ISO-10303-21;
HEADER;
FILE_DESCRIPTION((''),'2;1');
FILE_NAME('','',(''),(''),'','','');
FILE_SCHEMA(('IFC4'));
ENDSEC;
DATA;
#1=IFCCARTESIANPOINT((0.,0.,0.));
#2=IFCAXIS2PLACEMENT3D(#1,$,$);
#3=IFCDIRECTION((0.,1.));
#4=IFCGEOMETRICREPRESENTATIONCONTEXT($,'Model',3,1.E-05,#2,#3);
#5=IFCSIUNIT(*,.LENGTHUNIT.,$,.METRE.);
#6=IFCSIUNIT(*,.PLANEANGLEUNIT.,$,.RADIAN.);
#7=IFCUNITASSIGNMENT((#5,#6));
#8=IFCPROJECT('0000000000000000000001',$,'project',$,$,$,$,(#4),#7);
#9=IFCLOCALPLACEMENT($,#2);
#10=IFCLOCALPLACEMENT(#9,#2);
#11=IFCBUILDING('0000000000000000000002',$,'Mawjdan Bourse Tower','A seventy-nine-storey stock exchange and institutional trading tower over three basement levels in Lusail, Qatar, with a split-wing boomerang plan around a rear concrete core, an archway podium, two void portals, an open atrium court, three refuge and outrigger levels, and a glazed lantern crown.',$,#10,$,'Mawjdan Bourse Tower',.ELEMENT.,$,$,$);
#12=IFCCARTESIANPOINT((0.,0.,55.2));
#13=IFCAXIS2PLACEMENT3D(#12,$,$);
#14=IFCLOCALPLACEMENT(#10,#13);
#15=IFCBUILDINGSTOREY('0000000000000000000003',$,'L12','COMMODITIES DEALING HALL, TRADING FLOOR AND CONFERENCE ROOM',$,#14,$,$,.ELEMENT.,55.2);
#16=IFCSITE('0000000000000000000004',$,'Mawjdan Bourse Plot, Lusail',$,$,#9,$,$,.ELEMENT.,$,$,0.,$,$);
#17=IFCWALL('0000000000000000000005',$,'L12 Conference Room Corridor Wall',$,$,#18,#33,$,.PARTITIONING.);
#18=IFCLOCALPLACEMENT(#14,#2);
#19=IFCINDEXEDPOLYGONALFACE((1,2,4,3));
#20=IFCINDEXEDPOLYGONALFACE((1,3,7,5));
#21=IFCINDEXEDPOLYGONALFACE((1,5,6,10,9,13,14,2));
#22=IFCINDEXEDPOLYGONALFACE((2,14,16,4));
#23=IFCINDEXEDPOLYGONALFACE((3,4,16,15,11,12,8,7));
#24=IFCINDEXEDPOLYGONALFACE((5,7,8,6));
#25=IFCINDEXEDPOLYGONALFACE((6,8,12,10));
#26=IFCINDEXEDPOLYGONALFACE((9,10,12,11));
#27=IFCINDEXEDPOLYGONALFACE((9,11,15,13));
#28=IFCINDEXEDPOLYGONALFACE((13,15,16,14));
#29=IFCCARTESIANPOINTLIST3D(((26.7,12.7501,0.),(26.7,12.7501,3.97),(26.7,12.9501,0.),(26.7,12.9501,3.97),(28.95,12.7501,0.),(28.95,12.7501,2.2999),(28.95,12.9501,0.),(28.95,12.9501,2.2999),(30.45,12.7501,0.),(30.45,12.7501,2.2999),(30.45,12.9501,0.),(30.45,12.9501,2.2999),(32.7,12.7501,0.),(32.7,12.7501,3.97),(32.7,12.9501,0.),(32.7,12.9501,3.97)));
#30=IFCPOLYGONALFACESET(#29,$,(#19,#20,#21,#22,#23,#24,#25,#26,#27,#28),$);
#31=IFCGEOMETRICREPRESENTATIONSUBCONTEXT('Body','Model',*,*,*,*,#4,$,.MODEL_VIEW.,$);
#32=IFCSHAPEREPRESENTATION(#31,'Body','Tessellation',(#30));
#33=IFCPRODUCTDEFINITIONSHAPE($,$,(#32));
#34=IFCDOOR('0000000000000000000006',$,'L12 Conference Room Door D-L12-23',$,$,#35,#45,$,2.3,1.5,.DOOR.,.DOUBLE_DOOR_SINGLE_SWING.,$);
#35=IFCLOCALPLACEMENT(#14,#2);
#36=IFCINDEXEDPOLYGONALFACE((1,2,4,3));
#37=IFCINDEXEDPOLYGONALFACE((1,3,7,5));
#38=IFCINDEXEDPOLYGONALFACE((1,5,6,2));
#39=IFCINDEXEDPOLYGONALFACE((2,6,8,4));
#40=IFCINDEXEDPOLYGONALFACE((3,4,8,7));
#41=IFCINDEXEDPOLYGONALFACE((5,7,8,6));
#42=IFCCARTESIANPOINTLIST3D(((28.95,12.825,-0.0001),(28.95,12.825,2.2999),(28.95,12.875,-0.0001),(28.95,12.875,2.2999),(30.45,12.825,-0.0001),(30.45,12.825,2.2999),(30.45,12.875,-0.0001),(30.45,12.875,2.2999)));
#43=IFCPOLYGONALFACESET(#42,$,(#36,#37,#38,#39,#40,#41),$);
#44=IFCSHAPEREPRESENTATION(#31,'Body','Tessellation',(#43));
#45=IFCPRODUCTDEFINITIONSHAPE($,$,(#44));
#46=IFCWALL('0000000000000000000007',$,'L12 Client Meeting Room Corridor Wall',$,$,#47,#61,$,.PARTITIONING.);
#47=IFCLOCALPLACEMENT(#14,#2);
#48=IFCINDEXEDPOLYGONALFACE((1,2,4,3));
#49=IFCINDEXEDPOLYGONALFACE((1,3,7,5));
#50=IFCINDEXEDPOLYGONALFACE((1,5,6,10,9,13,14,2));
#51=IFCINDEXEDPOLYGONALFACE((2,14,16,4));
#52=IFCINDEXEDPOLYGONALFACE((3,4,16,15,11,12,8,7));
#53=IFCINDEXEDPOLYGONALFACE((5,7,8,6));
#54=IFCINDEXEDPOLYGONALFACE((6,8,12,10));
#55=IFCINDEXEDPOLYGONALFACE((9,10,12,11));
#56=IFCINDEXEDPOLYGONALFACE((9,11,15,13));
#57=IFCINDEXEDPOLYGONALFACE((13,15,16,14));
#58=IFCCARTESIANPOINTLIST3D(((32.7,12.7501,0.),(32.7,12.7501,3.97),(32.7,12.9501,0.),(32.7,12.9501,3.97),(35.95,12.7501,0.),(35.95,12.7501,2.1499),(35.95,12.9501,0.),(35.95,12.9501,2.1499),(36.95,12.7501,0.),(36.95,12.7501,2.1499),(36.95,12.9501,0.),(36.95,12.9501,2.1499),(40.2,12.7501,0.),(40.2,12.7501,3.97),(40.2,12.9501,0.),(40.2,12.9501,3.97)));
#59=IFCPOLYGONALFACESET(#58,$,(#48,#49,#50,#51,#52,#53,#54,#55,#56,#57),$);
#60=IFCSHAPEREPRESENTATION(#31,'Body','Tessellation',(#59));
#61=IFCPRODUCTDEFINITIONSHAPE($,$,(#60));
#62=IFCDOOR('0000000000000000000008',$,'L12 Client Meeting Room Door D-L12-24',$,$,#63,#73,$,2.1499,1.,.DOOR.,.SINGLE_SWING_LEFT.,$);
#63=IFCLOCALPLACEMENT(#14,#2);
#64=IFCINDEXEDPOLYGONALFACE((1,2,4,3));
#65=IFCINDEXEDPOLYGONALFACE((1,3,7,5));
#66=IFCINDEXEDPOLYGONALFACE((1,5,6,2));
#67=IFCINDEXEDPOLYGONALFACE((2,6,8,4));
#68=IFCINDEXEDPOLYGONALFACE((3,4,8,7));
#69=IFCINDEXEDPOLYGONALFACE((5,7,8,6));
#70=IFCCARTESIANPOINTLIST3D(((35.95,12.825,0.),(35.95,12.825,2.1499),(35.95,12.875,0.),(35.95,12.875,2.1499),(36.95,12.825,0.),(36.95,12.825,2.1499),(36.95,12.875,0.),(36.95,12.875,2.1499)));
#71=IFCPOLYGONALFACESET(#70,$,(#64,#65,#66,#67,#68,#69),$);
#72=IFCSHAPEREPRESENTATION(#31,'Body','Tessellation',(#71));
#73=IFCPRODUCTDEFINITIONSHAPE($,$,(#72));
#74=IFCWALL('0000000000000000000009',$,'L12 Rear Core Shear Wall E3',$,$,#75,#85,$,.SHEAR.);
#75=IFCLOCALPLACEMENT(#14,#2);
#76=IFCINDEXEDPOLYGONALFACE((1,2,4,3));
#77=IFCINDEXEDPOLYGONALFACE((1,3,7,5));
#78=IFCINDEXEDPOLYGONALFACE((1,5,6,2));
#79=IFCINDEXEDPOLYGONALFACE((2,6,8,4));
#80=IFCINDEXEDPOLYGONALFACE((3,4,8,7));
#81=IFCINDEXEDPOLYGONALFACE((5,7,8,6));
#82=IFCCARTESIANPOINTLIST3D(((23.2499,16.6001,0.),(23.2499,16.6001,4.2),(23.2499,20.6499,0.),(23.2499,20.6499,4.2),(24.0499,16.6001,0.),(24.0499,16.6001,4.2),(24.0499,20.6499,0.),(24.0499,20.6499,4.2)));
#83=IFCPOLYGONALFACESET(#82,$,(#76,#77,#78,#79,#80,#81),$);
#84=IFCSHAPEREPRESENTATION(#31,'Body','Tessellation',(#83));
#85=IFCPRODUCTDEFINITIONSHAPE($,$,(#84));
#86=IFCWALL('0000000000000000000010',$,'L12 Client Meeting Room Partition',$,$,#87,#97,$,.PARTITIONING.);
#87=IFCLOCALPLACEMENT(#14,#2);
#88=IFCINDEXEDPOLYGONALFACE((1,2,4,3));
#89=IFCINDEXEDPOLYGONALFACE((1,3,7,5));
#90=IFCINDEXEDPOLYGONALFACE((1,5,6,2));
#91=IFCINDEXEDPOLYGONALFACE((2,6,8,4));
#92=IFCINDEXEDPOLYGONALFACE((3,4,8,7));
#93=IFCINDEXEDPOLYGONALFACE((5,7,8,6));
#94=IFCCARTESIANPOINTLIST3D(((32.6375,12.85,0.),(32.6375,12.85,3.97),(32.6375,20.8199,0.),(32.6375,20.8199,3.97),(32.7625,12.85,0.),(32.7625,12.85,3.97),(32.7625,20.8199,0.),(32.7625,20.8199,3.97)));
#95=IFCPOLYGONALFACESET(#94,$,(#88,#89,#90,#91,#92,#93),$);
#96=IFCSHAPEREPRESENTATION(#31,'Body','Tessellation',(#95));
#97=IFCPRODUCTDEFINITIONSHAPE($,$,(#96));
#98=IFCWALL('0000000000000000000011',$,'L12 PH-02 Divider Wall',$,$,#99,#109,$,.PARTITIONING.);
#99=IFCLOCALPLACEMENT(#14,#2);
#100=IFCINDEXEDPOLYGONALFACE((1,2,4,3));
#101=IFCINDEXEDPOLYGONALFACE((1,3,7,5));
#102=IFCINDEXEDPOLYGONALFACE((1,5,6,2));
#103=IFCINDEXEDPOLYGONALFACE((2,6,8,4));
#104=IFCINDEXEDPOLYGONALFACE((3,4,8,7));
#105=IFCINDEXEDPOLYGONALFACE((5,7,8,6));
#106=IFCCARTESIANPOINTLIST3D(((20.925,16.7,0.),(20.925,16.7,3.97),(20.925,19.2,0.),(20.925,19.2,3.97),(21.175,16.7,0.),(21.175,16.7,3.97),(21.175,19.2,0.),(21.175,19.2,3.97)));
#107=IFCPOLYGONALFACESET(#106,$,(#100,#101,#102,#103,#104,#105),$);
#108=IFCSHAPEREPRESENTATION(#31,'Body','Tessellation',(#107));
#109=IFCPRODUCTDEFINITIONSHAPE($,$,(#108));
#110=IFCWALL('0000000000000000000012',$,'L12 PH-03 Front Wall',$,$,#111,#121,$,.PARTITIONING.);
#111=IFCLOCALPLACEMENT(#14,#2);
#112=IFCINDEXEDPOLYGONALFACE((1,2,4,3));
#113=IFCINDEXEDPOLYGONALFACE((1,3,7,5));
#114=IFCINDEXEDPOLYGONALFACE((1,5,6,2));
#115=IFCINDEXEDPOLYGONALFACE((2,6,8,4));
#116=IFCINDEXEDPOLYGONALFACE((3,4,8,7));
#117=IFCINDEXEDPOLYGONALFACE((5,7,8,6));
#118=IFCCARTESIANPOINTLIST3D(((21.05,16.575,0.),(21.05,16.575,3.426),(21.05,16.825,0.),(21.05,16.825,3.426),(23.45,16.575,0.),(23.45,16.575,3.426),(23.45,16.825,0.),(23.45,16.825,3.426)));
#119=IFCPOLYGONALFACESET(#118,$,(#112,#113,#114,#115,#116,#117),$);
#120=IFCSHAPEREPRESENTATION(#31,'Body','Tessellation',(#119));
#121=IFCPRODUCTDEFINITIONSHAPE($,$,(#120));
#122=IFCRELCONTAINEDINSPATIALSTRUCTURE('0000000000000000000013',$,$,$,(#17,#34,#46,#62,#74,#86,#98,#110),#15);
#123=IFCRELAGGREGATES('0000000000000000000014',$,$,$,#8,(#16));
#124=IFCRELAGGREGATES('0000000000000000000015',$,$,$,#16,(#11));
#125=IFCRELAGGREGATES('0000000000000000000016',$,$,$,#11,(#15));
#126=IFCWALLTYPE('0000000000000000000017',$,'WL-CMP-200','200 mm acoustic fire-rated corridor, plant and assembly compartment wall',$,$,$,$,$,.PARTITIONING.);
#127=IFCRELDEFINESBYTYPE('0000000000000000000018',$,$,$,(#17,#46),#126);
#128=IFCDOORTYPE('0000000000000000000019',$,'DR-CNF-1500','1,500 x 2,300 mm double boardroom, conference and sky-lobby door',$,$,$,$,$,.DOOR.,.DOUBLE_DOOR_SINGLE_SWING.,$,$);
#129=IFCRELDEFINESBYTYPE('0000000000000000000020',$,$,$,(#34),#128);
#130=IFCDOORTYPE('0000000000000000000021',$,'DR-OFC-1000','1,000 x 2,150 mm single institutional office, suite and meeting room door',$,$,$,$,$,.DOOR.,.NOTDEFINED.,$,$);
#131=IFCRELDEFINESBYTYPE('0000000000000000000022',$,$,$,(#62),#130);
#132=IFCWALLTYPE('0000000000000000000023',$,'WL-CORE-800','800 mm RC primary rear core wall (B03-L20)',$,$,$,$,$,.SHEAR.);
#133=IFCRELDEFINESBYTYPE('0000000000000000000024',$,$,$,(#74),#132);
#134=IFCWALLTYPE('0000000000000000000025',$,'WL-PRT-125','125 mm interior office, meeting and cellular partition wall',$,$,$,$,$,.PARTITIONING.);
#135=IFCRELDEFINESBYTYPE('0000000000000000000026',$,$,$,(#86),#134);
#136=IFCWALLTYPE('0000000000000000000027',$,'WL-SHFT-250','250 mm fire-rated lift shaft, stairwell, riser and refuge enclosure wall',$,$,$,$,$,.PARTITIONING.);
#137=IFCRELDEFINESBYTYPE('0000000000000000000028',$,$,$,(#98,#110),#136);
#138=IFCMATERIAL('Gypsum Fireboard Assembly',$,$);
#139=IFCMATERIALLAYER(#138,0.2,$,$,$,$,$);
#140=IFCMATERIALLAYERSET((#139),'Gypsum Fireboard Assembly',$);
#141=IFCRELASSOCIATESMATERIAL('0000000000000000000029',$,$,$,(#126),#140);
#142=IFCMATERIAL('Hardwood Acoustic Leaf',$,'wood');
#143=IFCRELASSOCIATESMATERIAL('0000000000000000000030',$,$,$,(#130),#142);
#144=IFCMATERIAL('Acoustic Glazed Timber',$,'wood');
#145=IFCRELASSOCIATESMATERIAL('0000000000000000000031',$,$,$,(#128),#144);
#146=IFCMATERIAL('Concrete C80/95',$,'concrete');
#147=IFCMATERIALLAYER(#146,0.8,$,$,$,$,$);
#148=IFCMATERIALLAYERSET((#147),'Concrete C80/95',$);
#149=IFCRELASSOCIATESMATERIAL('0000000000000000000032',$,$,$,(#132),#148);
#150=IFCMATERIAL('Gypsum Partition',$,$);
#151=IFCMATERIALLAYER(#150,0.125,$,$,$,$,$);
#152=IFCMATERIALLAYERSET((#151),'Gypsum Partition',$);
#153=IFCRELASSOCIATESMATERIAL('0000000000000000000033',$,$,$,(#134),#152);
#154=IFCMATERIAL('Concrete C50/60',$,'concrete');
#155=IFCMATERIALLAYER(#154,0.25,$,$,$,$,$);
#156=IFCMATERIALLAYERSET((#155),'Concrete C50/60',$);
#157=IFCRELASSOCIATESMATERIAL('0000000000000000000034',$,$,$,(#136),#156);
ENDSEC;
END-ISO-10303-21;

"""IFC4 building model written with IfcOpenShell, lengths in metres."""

from ifc_helpers import new_model, si_unit, direction, frame, frame_2d, origin, place, context, subcontext, project, spatial, rectangle, extrude, material, layer, layer_set, type_object, element, fill, save


model = new_model("IFC4")

# Units and contexts
model_context = context("Model", 3, precision=1e-05, world=origin(), true_north=direction((0.0, 1.0)))
body_context = subcontext(model_context, "Body", "Model", "MODEL_VIEW")
ifc_project = project(units=[si_unit("LENGTHUNIT", "METRE"), si_unit("PLANEANGLEUNIT", "RADIAN")], contexts=[model_context])

# Site, building, storey
site_placement = place(None, origin())
site = spatial("IfcSite", under=ifc_project, at=site_placement, Name="Mawjdan Bourse Plot, Lusail", CompositionType="ELEMENT", RefElevation=0.0)
building_placement = place(site_placement, origin())
building = spatial("IfcBuilding", under=site, at=building_placement, Name="Mawjdan Bourse Tower", Description="A seventy-nine-storey stock exchange and institutional trading tower over three basement levels in Lusail, Qatar, with a split-wing boomerang plan around a rear concrete core, an archway podium, two void portals, an open atrium court, three refuge and outrigger levels, and a glazed lantern crown.", LongName="Mawjdan Bourse Tower", CompositionType="ELEMENT")
storey_placement = place(building_placement, frame((0.0, 0.0, 55.2)))
storey = spatial("IfcBuildingStorey", under=building, at=storey_placement, Name="L12", Description="COMMODITIES DEALING HALL, TRADING FLOOR AND CONFERENCE ROOM", CompositionType="ELEMENT", Elevation=55.2)

# Shared definitions
ifc_material_1 = material(Name="Concrete C80/95", Category="concrete")

# Shared definitions
ifc_material_2 = material(Name="Gypsum Fireboard Assembly")
ifc_layer_1 = layer(ifc_material_2, 0.2)
ifc_layer_set_1 = layer_set([ifc_layer_1], Name="Gypsum Fireboard Assembly")
wall_type_1 = type_object("IfcWallType", Name="WL-CMP-200", Description="200 mm acoustic fire-rated corridor, plant and assembly compartment wall", PredefinedType="PARTITIONING", material=ifc_layer_set_1)

# Shared definitions
ifc_material_3 = material(Name="Hardwood Acoustic Leaf", Category="wood")
door_type_1 = type_object("IfcDoorType", Name="DR-OFC-1000", Description="1,000 x 2,150 mm single institutional office, suite and meeting room door", OperationType="NOTDEFINED", PredefinedType="DOOR", material=ifc_material_3)

# Walls, openings, doors
wall_1_placement = place(storey_placement, frame((26.7, 12.8501, 0.0), z_axis=(0.0, 0.0, 1.0), x_axis=(1.0, 0.0, 0.0)))
wall_1 = element("IfcWall", 1, at=wall_1_placement, inside=storey, type_object=wall_type_1, Name="L12 Conference Room Corridor Wall", PredefinedType="PARTITIONING", context=body_context, shape_type="SweptSolid", body=[
    extrude(rectangle(XDim=6.0, YDim=0.2, at=frame_2d((3.0, 0.0))), origin(), (0.0, 0.0, 1.0), 3.97),
])
opening_1_placement = place(wall_1_placement, frame((2.25, 0.0, 0.0)))
opening_1 = element("IfcOpeningElement", 2, at=opening_1_placement, cuts=wall_1, PredefinedType="OPENING", context=body_context, shape_type="SweptSolid", body=[
    extrude(rectangle(XDim=1.5, YDim=2.3, at=frame_2d((0.75, 1.1499))), frame((0.0, 0.1099, 0.0), z_axis=(0.0, -1.0, 0.0), x_axis=(1.0, 0.0, 0.0)), (0.0, 0.0, 1.0), 0.22),
])
ifc_material_4 = material(Name="Acoustic Glazed Timber", Category="wood")
door_type_2 = type_object("IfcDoorType", Name="DR-CNF-1500", Description="1,500 x 2,300 mm double boardroom, conference and sky-lobby door", OperationType="DOUBLE_DOOR_SINGLE_SWING", PredefinedType="DOOR", material=ifc_material_4)
door_1_placement = place(opening_1_placement, origin())
door_1 = element("IfcDoor", 3, at=door_1_placement, inside=storey, type_object=door_type_2, Name="L12 Conference Room Door D-L12-23", OperationType="DOUBLE_DOOR_SINGLE_SWING", OverallHeight=2.3, OverallWidth=1.5, PredefinedType="DOOR", context=body_context, shape_type="SweptSolid", body=[
    extrude(rectangle(XDim=1.5, YDim=2.3, at=frame_2d((0.75, 1.1499))), frame((0.0, 0.0249, 0.0), z_axis=(0.0, -1.0, 0.0), x_axis=(1.0, 0.0, 0.0)), (0.0, 0.0, 1.0), 0.05),
])
fill(opening_1, door_1)
wall_2_placement = place(storey_placement, frame((32.7, 12.8501, 0.0), z_axis=(0.0, 0.0, 1.0), x_axis=(1.0, 0.0, 0.0)))
wall_2 = element("IfcWall", 4, at=wall_2_placement, inside=storey, type_object=wall_type_1, Name="L12 Client Meeting Room Corridor Wall", PredefinedType="PARTITIONING", context=body_context, shape_type="SweptSolid", body=[
    extrude(rectangle(XDim=7.5, YDim=0.2, at=frame_2d((3.75, 0.0))), origin(), (0.0, 0.0, 1.0), 3.97),
])
opening_2_placement = place(wall_2_placement, frame((3.25, 0.0, 0.0)))
opening_2 = element("IfcOpeningElement", 5, at=opening_2_placement, cuts=wall_2, PredefinedType="OPENING", context=body_context, shape_type="SweptSolid", body=[
    extrude(rectangle(XDim=1.0, YDim=2.1499, at=frame_2d((0.5, 1.075))), frame((0.0, 0.1099, 0.0), z_axis=(0.0, -1.0, 0.0), x_axis=(1.0, 0.0, 0.0)), (0.0, 0.0, 1.0), 0.22),
])
door_2_placement = place(opening_2_placement, origin())
door_2 = element("IfcDoor", 6, at=door_2_placement, inside=storey, type_object=door_type_1, Name="L12 Client Meeting Room Door D-L12-24", OperationType="SINGLE_SWING_LEFT", OverallHeight=2.1499, OverallWidth=1.0, PredefinedType="DOOR", context=body_context, shape_type="SweptSolid", body=[
    extrude(rectangle(XDim=1.0, YDim=2.1499, at=frame_2d((0.5, 1.075))), frame((0.0, 0.0249, 0.0), z_axis=(0.0, -1.0, 0.0), x_axis=(1.0, 0.0, 0.0)), (0.0, 0.0, 1.0), 0.05),
])
fill(opening_2, door_2)

# Walls
ifc_layer_2 = layer(ifc_material_1, 0.8)
ifc_layer_set_2 = layer_set([ifc_layer_2], Name="Concrete C80/95")
wall_type_2 = type_object("IfcWallType", Name="WL-CORE-800", Description="800 mm RC primary rear core wall (B03-L20)", PredefinedType="SHEAR", material=ifc_layer_set_2)
wall_3_placement = place(storey_placement, frame((23.6499, 16.6001, 0.0), z_axis=(0.0, 0.0, 1.0), x_axis=(0.0, 1.0, 0.0)))
element("IfcWall", 7, at=wall_3_placement, inside=storey, type_object=wall_type_2, Name="L12 Rear Core Shear Wall E3", PredefinedType="SHEAR", context=body_context, shape_type="SweptSolid", body=[
    extrude(rectangle(XDim=4.0498, YDim=0.8, at=frame_2d((2.0249, 0.0))), origin(), (0.0, 0.0, 1.0), 4.2),
])
ifc_material_5 = material(Name="Gypsum Partition")
ifc_layer_3 = layer(ifc_material_5, 0.125)
ifc_layer_set_3 = layer_set([ifc_layer_3], Name="Gypsum Partition")
wall_type_3 = type_object("IfcWallType", Name="WL-PRT-125", Description="125 mm interior office, meeting and cellular partition wall", PredefinedType="PARTITIONING", material=ifc_layer_set_3)
wall_4_placement = place(storey_placement, frame((32.7, 12.8501, 0.0), z_axis=(0.0, 0.0, 1.0), x_axis=(0.0, 1.0, 0.0)))
element("IfcWall", 8, at=wall_4_placement, inside=storey, type_object=wall_type_3, Name="L12 Client Meeting Room Partition", PredefinedType="PARTITIONING", context=body_context, shape_type="SweptSolid", body=[
    extrude(rectangle(XDim=7.97, YDim=0.125, at=frame_2d((3.9849, 0.0))), origin(), (0.0, 0.0, 1.0), 3.97),
])
ifc_material_6 = material(Name="Concrete C50/60", Category="concrete")
ifc_layer_4 = layer(ifc_material_6, 0.25)
ifc_layer_set_4 = layer_set([ifc_layer_4], Name="Concrete C50/60")
wall_type_4 = type_object("IfcWallType", Name="WL-SHFT-250", Description="250 mm fire-rated lift shaft, stairwell, riser and refuge enclosure wall", PredefinedType="PARTITIONING", material=ifc_layer_set_4)
wall_5_placement = place(storey_placement, frame((21.05, 16.7, 0.0), z_axis=(0.0, 0.0, 1.0), x_axis=(0.0, 1.0, 0.0)))
element("IfcWall", 9, at=wall_5_placement, inside=storey, type_object=wall_type_4, Name="L12 PH-02 Divider Wall", PredefinedType="PARTITIONING", context=body_context, shape_type="SweptSolid", body=[
    extrude(rectangle(XDim=2.5, YDim=0.25, at=frame_2d((1.25, 0.0))), origin(), (0.0, 0.0, 1.0), 3.97),
])
wall_6_placement = place(storey_placement, frame((21.05, 16.7, 0.0), z_axis=(0.0, 0.0, 1.0), x_axis=(1.0, 0.0, 0.0)))
element("IfcWall", 10, at=wall_6_placement, inside=storey, type_object=wall_type_4, Name="L12 PH-03 Front Wall", PredefinedType="PARTITIONING", context=body_context, shape_type="SweptSolid", body=[
    extrude(rectangle(XDim=2.3999, YDim=0.25, at=frame_2d((1.2, 0.0))), origin(), (0.0, 0.0, 1.0), 3.426),
])

save(model, "model.ifc")
